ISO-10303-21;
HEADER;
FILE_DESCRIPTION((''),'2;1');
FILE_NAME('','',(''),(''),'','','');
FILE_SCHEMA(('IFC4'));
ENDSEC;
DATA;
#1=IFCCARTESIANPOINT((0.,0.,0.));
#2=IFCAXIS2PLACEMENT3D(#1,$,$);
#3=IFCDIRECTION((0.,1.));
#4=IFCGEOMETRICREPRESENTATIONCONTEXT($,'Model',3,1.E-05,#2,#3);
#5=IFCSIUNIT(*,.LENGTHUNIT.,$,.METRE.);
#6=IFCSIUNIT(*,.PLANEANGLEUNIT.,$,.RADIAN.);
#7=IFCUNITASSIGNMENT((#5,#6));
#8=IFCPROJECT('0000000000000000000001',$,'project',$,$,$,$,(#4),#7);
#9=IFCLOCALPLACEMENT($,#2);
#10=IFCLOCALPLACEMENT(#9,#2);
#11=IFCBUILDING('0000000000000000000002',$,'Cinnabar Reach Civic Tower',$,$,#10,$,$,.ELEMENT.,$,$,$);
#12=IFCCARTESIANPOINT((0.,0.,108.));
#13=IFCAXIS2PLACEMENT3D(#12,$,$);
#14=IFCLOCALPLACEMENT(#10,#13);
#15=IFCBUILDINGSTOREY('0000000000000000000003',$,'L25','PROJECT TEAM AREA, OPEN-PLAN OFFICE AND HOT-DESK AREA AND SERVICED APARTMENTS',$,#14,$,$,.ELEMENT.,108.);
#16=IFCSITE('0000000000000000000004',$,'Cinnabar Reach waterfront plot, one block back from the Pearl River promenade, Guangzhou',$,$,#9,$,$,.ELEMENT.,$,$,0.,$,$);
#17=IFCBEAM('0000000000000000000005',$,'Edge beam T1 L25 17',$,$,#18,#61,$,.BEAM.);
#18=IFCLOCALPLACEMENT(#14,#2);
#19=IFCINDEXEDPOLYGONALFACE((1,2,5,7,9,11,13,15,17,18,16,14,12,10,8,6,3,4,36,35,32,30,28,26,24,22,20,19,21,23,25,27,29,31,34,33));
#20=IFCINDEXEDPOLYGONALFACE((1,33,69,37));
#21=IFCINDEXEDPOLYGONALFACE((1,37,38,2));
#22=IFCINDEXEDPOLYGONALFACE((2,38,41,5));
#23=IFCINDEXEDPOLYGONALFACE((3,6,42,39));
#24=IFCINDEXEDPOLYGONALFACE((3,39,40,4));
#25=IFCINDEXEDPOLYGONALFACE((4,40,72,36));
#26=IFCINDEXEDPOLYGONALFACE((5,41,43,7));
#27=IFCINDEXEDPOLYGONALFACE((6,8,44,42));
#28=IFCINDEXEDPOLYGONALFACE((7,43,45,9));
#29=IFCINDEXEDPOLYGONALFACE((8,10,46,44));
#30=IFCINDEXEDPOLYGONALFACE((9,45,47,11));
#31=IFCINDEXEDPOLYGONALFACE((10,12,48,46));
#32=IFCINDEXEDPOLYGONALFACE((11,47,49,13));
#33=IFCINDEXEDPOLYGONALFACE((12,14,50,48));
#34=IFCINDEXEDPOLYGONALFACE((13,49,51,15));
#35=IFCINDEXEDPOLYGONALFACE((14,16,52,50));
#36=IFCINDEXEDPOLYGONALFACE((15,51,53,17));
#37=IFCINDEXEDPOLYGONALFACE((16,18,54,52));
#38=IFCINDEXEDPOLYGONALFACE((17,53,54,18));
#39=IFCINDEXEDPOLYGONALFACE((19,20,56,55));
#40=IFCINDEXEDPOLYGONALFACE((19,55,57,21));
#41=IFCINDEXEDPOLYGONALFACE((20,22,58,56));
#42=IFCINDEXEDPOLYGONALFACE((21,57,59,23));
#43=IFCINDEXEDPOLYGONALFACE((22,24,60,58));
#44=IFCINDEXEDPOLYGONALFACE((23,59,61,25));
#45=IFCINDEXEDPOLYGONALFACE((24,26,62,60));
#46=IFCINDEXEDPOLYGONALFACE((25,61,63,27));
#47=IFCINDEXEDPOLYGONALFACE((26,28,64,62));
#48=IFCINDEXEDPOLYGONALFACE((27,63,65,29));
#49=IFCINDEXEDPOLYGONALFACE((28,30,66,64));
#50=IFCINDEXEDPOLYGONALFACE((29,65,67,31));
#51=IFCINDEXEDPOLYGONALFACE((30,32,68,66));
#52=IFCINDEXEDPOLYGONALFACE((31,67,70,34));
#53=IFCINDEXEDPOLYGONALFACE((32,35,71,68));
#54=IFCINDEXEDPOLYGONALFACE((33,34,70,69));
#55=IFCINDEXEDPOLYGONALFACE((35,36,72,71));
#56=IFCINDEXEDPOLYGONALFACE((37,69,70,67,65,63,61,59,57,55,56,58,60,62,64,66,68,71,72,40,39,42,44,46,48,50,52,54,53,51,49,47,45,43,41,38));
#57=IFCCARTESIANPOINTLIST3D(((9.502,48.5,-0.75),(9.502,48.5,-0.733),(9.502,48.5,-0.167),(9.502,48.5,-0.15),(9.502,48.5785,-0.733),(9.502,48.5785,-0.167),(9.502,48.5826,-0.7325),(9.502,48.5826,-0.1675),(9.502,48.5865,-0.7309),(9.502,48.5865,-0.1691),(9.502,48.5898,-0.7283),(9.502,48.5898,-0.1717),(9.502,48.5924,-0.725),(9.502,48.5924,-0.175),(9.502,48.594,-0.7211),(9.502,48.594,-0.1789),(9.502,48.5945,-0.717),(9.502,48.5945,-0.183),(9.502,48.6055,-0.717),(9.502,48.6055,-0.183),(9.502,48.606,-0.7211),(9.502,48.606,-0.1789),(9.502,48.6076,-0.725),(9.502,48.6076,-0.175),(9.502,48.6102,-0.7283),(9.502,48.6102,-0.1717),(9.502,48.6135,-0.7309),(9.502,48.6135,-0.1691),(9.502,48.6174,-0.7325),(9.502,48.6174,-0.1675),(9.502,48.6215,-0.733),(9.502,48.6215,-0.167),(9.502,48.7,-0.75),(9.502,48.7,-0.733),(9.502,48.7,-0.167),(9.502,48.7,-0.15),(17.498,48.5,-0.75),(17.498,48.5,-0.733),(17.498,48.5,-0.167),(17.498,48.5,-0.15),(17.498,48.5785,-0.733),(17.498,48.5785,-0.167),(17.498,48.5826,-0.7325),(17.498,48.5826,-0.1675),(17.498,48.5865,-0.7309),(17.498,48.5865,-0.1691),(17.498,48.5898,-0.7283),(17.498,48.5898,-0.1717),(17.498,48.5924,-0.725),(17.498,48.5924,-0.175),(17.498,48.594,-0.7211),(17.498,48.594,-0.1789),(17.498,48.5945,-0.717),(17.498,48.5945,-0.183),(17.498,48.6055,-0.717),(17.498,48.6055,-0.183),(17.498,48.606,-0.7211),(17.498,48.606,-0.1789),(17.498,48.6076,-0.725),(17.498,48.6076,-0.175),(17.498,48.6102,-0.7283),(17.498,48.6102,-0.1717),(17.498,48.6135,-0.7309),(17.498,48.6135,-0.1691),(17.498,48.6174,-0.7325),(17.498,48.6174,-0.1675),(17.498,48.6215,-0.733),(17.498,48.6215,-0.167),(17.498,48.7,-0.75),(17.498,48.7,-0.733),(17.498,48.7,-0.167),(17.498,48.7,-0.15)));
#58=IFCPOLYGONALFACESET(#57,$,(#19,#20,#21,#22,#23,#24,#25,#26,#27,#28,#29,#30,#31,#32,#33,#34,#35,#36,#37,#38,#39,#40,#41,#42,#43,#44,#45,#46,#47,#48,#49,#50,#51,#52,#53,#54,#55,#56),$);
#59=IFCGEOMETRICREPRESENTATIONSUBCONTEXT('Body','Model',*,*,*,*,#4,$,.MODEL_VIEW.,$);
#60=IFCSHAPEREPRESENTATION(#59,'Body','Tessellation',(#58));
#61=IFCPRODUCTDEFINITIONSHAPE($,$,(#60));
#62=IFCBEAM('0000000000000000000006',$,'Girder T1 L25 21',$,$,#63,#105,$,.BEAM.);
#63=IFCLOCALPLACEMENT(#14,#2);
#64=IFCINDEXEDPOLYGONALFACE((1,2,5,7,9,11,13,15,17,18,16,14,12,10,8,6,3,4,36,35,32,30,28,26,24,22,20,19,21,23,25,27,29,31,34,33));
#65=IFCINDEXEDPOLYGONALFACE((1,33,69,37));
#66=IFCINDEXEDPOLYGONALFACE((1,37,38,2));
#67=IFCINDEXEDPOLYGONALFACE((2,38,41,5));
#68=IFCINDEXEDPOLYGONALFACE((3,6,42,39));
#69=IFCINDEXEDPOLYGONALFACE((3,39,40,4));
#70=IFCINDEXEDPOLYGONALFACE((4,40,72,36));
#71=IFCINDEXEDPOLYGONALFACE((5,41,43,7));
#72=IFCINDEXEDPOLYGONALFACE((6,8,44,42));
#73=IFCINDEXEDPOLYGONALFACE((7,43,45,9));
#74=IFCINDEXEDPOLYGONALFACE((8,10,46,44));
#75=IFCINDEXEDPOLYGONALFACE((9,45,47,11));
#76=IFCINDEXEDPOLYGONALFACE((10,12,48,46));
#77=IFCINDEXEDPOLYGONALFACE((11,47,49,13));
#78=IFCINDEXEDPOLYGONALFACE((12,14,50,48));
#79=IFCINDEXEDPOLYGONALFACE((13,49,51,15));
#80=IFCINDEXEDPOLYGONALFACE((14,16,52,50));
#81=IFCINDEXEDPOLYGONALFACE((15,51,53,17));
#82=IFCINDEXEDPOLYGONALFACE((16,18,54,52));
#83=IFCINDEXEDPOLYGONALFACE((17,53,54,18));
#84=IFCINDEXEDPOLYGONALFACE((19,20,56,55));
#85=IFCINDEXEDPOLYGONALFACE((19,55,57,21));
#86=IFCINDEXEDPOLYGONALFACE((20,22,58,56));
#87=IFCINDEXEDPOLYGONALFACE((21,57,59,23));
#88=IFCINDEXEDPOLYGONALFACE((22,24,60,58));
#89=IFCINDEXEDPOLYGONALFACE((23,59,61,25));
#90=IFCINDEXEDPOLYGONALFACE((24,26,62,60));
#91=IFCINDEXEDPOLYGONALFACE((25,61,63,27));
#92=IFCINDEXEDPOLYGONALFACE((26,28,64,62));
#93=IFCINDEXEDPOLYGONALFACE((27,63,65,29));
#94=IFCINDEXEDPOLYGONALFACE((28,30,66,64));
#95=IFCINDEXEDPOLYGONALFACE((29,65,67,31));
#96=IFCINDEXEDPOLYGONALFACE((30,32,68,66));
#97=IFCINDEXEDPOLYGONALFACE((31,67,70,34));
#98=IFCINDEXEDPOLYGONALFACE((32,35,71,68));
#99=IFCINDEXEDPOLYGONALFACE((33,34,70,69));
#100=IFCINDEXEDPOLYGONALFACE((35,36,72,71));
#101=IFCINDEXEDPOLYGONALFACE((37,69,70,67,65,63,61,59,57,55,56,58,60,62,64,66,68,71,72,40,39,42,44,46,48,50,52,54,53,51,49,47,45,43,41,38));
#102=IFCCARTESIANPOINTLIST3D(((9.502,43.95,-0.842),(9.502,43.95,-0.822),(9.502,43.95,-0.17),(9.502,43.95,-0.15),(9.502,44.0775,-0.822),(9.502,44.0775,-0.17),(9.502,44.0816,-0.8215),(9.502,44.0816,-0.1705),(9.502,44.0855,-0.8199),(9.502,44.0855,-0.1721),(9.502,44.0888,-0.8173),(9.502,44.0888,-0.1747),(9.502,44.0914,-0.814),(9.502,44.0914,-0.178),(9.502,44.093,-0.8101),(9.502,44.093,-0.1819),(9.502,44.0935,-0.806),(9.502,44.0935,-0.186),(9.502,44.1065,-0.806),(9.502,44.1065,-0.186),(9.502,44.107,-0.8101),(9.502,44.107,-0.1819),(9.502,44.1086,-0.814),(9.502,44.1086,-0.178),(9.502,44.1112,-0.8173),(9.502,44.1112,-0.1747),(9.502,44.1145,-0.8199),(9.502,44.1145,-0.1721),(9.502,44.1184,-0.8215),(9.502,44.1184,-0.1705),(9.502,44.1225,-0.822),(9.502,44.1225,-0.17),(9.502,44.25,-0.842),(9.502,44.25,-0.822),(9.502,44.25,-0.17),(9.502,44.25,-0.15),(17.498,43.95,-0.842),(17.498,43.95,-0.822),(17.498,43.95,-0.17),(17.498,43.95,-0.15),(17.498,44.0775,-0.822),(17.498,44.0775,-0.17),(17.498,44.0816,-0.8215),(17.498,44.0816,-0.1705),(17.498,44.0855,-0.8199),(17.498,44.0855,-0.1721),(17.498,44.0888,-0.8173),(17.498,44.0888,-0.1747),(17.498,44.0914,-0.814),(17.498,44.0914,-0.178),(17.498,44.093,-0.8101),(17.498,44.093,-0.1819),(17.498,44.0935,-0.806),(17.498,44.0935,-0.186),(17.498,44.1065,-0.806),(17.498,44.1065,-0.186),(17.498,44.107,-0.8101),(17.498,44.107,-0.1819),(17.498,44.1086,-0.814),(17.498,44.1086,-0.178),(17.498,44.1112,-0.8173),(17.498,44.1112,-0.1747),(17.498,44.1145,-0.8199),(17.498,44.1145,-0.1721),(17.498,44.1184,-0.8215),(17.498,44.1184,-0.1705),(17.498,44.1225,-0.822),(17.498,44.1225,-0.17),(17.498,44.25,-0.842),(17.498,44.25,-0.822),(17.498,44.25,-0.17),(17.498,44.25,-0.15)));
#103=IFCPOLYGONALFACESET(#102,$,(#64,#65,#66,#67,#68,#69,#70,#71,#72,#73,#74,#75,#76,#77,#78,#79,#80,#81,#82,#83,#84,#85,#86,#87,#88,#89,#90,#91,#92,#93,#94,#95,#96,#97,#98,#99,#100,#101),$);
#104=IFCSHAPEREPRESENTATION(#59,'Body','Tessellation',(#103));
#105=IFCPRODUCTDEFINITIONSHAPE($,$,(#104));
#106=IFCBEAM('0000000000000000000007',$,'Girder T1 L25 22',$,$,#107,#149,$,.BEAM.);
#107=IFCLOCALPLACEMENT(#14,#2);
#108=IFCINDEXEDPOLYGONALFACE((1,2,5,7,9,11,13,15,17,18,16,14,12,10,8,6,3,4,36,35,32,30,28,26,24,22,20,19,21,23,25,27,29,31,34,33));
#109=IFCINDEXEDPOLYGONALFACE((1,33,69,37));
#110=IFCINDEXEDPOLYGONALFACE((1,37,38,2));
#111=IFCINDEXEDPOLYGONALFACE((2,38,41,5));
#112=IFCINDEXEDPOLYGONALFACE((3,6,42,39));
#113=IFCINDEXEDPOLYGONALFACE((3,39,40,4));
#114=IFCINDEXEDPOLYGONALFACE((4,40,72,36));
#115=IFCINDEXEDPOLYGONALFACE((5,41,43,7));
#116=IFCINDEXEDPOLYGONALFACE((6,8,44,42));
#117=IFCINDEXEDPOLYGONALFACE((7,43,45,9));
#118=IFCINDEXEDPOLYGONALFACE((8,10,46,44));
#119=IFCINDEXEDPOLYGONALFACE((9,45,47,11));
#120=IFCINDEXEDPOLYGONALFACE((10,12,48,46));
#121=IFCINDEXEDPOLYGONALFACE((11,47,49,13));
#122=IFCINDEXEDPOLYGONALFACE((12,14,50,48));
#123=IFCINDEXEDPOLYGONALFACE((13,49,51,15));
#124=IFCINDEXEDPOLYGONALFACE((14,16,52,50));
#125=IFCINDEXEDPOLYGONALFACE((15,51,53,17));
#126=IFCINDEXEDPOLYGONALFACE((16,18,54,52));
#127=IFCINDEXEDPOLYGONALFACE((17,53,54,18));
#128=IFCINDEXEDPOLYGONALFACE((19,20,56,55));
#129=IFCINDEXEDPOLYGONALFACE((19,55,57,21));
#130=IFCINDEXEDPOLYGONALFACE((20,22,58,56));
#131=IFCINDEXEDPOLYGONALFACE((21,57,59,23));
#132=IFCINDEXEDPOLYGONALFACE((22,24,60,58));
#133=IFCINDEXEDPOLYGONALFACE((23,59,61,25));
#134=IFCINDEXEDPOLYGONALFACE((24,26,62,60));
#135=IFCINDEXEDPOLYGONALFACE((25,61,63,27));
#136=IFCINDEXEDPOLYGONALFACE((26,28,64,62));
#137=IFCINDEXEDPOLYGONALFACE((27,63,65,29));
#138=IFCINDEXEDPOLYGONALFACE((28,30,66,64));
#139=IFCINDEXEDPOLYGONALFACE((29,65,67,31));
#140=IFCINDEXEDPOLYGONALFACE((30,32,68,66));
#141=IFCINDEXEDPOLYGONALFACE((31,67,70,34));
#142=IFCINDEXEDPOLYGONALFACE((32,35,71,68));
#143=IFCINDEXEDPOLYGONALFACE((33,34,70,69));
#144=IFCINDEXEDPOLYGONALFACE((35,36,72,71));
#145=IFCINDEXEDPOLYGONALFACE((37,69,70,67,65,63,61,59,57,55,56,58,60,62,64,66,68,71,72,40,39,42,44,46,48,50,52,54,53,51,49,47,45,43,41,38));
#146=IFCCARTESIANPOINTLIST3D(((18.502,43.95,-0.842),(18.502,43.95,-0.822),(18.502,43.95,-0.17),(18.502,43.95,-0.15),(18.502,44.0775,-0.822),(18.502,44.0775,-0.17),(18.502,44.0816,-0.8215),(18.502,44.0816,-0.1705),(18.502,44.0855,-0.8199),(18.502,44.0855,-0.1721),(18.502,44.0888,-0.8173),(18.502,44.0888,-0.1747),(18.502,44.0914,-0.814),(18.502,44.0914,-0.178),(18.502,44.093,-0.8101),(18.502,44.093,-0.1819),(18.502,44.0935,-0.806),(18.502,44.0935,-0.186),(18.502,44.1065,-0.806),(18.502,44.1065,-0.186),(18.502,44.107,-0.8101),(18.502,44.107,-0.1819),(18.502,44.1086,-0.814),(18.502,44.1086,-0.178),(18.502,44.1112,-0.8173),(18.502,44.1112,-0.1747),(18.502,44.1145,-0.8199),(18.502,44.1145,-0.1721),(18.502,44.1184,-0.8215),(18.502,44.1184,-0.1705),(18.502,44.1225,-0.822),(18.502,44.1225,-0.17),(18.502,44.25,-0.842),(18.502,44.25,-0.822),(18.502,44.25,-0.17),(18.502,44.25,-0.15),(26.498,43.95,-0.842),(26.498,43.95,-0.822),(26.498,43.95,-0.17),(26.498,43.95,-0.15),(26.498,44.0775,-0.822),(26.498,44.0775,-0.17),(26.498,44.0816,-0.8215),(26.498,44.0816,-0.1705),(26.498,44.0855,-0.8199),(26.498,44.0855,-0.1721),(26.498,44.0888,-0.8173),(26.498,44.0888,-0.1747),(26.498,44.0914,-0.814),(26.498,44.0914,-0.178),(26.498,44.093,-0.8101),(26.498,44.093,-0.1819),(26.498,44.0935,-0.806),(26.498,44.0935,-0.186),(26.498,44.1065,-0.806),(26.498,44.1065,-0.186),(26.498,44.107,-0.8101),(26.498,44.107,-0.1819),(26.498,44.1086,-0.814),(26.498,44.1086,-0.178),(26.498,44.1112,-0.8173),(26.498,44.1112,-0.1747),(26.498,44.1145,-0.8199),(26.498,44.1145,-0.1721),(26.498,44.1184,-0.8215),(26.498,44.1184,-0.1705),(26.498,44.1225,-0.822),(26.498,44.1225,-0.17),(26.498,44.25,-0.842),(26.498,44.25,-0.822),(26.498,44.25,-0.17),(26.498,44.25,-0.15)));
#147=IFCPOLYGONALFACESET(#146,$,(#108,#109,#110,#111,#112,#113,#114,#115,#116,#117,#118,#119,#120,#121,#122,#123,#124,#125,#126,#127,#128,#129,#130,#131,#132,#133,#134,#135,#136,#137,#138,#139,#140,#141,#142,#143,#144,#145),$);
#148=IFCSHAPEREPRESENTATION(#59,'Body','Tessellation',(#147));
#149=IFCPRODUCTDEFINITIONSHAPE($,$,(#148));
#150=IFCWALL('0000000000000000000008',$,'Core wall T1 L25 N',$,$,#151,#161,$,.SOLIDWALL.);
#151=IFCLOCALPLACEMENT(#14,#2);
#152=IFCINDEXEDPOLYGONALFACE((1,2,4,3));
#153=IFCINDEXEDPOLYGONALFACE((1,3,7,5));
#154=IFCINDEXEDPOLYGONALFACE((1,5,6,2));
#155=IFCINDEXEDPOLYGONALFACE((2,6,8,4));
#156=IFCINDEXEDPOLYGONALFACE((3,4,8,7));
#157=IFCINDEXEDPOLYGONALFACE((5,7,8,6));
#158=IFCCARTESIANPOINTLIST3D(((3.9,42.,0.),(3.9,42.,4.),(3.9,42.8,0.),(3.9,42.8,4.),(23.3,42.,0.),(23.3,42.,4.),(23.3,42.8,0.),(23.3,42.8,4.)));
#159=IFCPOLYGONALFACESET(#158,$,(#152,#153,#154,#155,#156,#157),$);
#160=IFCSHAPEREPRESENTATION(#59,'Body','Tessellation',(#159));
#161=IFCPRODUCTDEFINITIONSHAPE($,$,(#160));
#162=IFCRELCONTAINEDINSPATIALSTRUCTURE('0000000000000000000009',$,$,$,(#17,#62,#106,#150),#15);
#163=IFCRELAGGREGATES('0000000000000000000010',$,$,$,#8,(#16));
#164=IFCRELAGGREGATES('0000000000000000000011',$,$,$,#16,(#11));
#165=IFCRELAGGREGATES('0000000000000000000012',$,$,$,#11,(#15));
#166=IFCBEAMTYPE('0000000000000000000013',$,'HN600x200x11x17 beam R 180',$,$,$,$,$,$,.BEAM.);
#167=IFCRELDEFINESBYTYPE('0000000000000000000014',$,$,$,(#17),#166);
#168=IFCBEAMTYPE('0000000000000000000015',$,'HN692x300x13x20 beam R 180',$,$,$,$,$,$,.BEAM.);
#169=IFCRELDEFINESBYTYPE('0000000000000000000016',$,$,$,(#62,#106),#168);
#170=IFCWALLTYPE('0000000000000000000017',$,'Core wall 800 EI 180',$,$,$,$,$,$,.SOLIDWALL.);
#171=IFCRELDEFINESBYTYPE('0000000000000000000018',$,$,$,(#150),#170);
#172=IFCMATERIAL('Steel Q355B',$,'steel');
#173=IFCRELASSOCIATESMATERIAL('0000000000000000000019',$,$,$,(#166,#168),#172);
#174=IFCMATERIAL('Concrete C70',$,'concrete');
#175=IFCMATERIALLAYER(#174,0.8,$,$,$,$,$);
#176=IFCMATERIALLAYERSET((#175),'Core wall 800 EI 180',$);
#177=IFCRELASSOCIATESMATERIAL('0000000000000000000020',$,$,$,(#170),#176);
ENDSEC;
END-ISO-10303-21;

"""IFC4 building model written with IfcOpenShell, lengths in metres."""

from ifc_helpers import new_model, si_unit, direction, frame, frame_2d, origin, origin_2d, place, context, subcontext, project, spatial, rectangle, i_section, extrude, material, layer, layer_set, material_profile, profile_set, type_object, element, save


model = new_model("IFC4")

# Units and contexts
model_context = context("Model", 3, precision=1e-05, world=origin(), true_north=direction((0.0, 1.0)))
body_context = subcontext(model_context, "Body", "Model", "MODEL_VIEW")
ifc_project = project(units=[si_unit("LENGTHUNIT", "METRE"), si_unit("PLANEANGLEUNIT", "RADIAN")], contexts=[model_context])

# Site, building, storey
site_placement = place(None, origin())
site = spatial("IfcSite", under=ifc_project, at=site_placement, Name="Cinnabar Reach waterfront plot, one block back from the Pearl River promenade, Guangzhou", CompositionType="ELEMENT", RefElevation=0.0)
building_placement = place(site_placement, origin())
building = spatial("IfcBuilding", under=site, at=building_placement, Name="Cinnabar Reach Civic Tower", CompositionType="ELEMENT")
storey_placement = place(building_placement, frame((0.0, 0.0, 108.0)))
storey = spatial("IfcBuildingStorey", under=building, at=storey_placement, Name="L25", Description="PROJECT TEAM AREA, OPEN-PLAN OFFICE AND HOT-DESK AREA AND SERVICED APARTMENTS", CompositionType="ELEMENT", Elevation=108.0)

# Shared definitions
ifc_material_1 = material(Name="Concrete C70", Category="concrete")

# Beams
ifc_material_2 = material(Name="Steel Q355B", Category="steel")
ifc_material_profile_1 = material_profile(ifc_material_2, i_section(OverallWidth=0.2, OverallDepth=0.6, WebThickness=0.011, FlangeThickness=0.017, FilletRadius=0.016, at=origin_2d()), Name="HN600x200x11x17")
ifc_profile_set_1 = profile_set([ifc_material_profile_1], Name="Steel Q355B")
beam_type_1 = type_object("IfcBeamType", Name="HN600x200x11x17 beam R 180", PredefinedType="BEAM", material=ifc_profile_set_1)
beam_1_placement = place(storey_placement, frame((17.498, 48.6, -0.45), z_axis=(-1.0, 0.0, 0.0), x_axis=(0.0, -1.0, 0.0)))
element("IfcBeam", 1, at=beam_1_placement, inside=storey, type_object=beam_type_1, Name="Edge beam T1 L25 17", PredefinedType="BEAM", context=body_context, shape_type="SweptSolid", body=[
    extrude(i_section(OverallWidth=0.2, OverallDepth=0.6, WebThickness=0.011, FlangeThickness=0.017, FilletRadius=0.016, at=origin_2d()), origin(), (0.0, 0.0, 1.0), 7.996),
])
ifc_material_profile_2 = material_profile(ifc_material_2, i_section(OverallWidth=0.3, OverallDepth=0.692, WebThickness=0.013, FlangeThickness=0.02, FilletRadius=0.016, at=origin_2d()), Name="HN692x300x13x20")
ifc_profile_set_2 = profile_set([ifc_material_profile_2], Name="Steel Q355B")
beam_type_2 = type_object("IfcBeamType", Name="HN692x300x13x20 beam R 180", PredefinedType="BEAM", material=ifc_profile_set_2)
for number, where, z_axis, x_axis, name in (
    (2, (9.502, 44.1, -0.496), (1.0, 0.0, 0.0), (0.0, 1.0, 0.0), "Girder T1 L25 21"),
    (3, (18.502, 44.1, -0.496), (1.0, 0.0, 0.0), (0.0, 1.0, 0.0), "Girder T1 L25 22"),
):
    element("IfcBeam", number, at=place(storey_placement, frame(where, z_axis=z_axis, x_axis=x_axis)), inside=storey, type_object=beam_type_2, Name=name, PredefinedType="BEAM", context=body_context, shape_type="SweptSolid", body=[
        extrude(i_section(OverallWidth=0.3, OverallDepth=0.692, WebThickness=0.013, FlangeThickness=0.02, FilletRadius=0.016, at=origin_2d()), origin(), (0.0, 0.0, 1.0), 7.996),
    ])

# Wall
ifc_layer_1 = layer(ifc_material_1, 0.8)
ifc_layer_set_1 = layer_set([ifc_layer_1], Name="Core wall 800 EI 180")
wall_type_1 = type_object("IfcWallType", Name="Core wall 800 EI 180", PredefinedType="SOLIDWALL", material=ifc_layer_set_1)
wall_1_placement = place(storey_placement, frame((23.3, 42.4, 0.0), z_axis=(0.0, 0.0, 1.0), x_axis=(-1.0, 0.0, 0.0)))
element("IfcWall", 4, at=wall_1_placement, inside=storey, type_object=wall_type_1, Name="Core wall T1 L25 N", PredefinedType="SOLIDWALL", context=body_context, shape_type="SweptSolid", body=[
    extrude(rectangle(XDim=19.4, YDim=0.8, at=frame_2d((9.7, 0.0))), origin(), (0.0, 0.0, 1.0), 4.0),
])

save(model, "model.ifc")
